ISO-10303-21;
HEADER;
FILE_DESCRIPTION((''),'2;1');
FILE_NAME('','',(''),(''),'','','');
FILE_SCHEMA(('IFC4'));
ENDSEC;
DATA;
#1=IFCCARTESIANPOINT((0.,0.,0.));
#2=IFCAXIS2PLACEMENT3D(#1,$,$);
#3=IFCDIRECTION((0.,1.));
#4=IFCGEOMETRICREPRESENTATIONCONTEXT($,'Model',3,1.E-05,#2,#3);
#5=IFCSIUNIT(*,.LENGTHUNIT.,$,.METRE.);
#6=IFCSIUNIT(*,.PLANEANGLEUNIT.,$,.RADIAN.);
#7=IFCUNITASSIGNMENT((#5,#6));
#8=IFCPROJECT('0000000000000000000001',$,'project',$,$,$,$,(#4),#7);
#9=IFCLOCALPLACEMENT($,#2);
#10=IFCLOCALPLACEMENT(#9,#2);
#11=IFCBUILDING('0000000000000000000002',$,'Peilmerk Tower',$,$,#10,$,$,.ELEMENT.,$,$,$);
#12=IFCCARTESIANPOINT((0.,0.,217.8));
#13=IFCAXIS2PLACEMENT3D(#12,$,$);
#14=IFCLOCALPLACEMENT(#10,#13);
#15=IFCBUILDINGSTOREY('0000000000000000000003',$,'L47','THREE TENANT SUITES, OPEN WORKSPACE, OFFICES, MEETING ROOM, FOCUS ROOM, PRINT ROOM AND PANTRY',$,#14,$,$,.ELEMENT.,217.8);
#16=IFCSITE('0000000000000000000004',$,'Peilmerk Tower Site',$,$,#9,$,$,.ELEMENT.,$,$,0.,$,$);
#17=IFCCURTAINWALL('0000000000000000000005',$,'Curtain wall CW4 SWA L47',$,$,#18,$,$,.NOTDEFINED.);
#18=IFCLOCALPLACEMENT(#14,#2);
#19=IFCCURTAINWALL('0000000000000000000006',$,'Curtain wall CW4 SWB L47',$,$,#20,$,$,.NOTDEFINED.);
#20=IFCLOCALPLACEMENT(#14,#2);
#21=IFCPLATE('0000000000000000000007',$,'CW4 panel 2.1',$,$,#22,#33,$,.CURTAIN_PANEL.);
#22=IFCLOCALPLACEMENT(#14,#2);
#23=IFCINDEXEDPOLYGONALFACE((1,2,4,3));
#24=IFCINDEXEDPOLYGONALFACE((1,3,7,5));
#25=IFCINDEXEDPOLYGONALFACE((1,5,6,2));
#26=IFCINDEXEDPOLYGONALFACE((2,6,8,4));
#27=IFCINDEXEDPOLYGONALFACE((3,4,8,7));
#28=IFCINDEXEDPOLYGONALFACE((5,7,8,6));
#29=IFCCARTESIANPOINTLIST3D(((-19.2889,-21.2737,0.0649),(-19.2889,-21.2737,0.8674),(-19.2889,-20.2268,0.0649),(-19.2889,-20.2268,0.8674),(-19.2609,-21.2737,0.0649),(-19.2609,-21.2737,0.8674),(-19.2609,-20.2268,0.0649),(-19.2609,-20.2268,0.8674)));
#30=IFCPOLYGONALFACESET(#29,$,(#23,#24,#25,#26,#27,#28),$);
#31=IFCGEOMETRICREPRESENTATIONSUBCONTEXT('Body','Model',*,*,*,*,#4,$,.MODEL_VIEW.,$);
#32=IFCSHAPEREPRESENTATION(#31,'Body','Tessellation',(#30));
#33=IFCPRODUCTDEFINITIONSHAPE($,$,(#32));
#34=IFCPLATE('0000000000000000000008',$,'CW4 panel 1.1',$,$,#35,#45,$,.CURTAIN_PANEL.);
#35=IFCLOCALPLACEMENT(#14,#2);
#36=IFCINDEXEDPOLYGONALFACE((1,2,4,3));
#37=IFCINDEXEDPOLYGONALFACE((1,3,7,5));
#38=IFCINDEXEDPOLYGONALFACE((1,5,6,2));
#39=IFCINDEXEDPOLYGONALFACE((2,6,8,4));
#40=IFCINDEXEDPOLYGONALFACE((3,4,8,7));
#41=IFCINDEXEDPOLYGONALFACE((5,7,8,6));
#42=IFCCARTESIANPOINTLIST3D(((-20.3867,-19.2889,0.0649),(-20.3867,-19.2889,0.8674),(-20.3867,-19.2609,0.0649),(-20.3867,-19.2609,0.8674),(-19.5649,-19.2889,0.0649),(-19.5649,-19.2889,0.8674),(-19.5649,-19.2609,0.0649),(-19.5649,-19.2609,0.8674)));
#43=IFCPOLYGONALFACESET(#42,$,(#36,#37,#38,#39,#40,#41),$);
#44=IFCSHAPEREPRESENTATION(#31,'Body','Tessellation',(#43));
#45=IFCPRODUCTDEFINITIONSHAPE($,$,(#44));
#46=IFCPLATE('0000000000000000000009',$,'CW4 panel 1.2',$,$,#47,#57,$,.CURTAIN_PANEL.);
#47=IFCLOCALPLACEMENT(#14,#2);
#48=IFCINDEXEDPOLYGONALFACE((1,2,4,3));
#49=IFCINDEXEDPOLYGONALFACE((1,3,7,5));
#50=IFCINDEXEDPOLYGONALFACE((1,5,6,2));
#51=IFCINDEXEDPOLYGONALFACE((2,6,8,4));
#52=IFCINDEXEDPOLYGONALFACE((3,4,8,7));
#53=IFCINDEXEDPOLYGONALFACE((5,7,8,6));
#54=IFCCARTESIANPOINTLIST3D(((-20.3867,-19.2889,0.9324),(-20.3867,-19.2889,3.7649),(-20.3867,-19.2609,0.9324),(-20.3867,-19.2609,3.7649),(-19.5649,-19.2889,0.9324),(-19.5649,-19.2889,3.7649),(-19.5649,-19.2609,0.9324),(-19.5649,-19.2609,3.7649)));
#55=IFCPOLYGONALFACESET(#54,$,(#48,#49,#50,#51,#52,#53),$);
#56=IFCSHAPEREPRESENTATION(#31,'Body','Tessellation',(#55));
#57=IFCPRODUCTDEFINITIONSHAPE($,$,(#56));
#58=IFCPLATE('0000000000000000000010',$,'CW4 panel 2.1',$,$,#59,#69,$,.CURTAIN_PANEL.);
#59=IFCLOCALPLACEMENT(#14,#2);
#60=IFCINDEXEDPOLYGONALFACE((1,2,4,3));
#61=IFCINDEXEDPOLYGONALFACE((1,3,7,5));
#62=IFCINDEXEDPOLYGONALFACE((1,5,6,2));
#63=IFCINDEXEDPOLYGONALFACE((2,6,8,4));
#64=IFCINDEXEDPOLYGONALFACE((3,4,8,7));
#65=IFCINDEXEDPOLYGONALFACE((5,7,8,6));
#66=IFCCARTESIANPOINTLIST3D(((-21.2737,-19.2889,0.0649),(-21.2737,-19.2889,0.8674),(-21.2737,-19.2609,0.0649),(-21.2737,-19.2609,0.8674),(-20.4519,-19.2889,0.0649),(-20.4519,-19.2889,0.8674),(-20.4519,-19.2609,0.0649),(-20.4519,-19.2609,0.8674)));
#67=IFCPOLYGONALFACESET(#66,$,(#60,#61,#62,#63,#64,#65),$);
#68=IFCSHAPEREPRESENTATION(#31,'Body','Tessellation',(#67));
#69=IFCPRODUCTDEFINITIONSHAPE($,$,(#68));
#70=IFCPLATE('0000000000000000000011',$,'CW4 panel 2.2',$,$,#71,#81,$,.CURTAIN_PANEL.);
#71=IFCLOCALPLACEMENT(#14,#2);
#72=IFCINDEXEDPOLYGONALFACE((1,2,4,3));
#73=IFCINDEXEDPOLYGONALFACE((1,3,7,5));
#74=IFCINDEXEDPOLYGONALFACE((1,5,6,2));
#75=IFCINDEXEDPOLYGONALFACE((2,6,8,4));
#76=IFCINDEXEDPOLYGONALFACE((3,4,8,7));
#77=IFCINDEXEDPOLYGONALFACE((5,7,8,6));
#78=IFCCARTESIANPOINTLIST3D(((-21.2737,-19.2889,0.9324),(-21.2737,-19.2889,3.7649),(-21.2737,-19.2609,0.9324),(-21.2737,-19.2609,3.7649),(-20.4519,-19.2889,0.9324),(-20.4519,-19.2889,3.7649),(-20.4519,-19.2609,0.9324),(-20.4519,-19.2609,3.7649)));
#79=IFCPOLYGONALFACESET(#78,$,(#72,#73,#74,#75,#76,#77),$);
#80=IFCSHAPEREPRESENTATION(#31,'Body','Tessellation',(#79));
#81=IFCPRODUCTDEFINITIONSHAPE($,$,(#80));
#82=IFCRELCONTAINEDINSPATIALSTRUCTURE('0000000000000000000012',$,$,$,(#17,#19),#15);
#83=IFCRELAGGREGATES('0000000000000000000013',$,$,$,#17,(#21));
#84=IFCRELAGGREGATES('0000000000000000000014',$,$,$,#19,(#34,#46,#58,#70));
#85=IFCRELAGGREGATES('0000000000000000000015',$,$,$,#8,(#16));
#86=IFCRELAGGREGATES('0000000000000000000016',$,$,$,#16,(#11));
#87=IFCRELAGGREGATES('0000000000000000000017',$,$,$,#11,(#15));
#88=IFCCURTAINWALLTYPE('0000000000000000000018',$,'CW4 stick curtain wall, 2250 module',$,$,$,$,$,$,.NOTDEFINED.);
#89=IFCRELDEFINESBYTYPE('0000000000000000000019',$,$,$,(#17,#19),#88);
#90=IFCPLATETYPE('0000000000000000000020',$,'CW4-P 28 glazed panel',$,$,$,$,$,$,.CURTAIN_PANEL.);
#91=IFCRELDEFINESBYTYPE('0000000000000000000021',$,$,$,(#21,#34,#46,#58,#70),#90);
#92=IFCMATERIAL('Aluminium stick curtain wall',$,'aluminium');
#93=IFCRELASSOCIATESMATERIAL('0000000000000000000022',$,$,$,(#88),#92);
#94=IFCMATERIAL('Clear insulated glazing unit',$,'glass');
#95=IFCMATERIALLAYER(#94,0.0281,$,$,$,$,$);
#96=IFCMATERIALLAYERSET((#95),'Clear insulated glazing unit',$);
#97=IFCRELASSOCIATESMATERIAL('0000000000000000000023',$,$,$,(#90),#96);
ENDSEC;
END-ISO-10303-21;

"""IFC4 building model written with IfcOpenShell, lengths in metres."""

from ifc_helpers import new_model, si_unit, direction, frame, origin, origin_2d, place, context, subcontext, project, spatial, rectangle, extrude, material, layer, layer_set, type_object, element, aggregate, save


model = new_model("IFC4")

# Units and contexts
model_context = context("Model", 3, precision=1e-05, world=origin(), true_north=direction((0.0, 1.0)))
body_context = subcontext(model_context, "Body", "Model", "MODEL_VIEW")
ifc_project = project(units=[si_unit("LENGTHUNIT", "METRE"), si_unit("PLANEANGLEUNIT", "RADIAN")], contexts=[model_context])

# Site, building, storey
site_placement = place(None, origin())
site = spatial("IfcSite", under=ifc_project, at=site_placement, Name="Peilmerk Tower Site", CompositionType="ELEMENT", RefElevation=0.0)
building_placement = place(site_placement, origin())
building = spatial("IfcBuilding", under=site, at=building_placement, Name="Peilmerk Tower", CompositionType="ELEMENT")
storey_placement = place(building_placement, frame((0.0, 0.0, 217.8)))
storey = spatial("IfcBuildingStorey", under=building, at=storey_placement, Name="L47", Description="THREE TENANT SUITES, OPEN WORKSPACE, OFFICES, MEETING ROOM, FOCUS ROOM, PRINT ROOM AND PANTRY", CompositionType="ELEMENT", Elevation=217.8)

# Curtain wall
ifc_material_1 = material(Name="Aluminium stick curtain wall", Category="aluminium")
curtain_wall_type = type_object("IfcCurtainWallType", Name="CW4 stick curtain wall, 2250 module", PredefinedType="NOTDEFINED", material=ifc_material_1)
curtain_wall_1_placement = place(storey_placement, origin())
curtain_wall_1 = element("IfcCurtainWall", 1, at=curtain_wall_1_placement, inside=storey, type_object=curtain_wall_type, Name="Curtain wall CW4 SWA L47", PredefinedType="NOTDEFINED")

# Curtain wall
curtain_wall_2_placement = place(storey_placement, origin())
curtain_wall_2 = element("IfcCurtainWall", 2, at=curtain_wall_2_placement, inside=storey, type_object=curtain_wall_type, Name="Curtain wall CW4 SWB L47", PredefinedType="NOTDEFINED")

# Plates
ifc_material_2 = material(Name="Clear insulated glazing unit", Category="glass")
ifc_layer_1 = layer(ifc_material_2, 0.0281)
ifc_layer_set_1 = layer_set([ifc_layer_1], Name="Clear insulated glazing unit")
plate_type = type_object("IfcPlateType", Name="CW4-P 28 glazed panel", PredefinedType="CURTAIN_PANEL", material=ifc_layer_set_1)
plate_1_placement = place(storey_placement, frame((-19.2749, -20.7502, 0.0649), z_axis=(0.0, 0.0, 1.0), x_axis=(0.0, -1.0, 0.0)))
plate_1 = element("IfcPlate", 3, at=plate_1_placement, type_object=plate_type, Name="CW4 panel 2.1", PredefinedType="CURTAIN_PANEL", context=body_context, shape_type="SweptSolid", body=[
    extrude(rectangle(XDim=1.0469, YDim=0.0281, at=origin_2d()), origin(), (0.0, 0.0, 1.0), 0.8025),
])
aggregate(curtain_wall_1, [plate_1])
plate_2_placement = place(storey_placement, frame((-19.9758, -19.2749, 0.0649), z_axis=(0.0, 0.0, 1.0), x_axis=(-1.0, 0.0, 0.0)))
plate_2 = element("IfcPlate", 4, at=plate_2_placement, type_object=plate_type, Name="CW4 panel 1.1", PredefinedType="CURTAIN_PANEL", context=body_context, shape_type="SweptSolid", body=[
    extrude(rectangle(XDim=0.8218, YDim=0.0281, at=origin_2d()), origin(), (0.0, 0.0, 1.0), 0.8025),
])
plate_3_placement = place(storey_placement, frame((-19.9758, -19.2749, 0.9324), z_axis=(0.0, 0.0, 1.0), x_axis=(-1.0, 0.0, 0.0)))
plate_3 = element("IfcPlate", 5, at=plate_3_placement, type_object=plate_type, Name="CW4 panel 1.2", PredefinedType="CURTAIN_PANEL", context=body_context, shape_type="SweptSolid", body=[
    extrude(rectangle(XDim=0.8218, YDim=0.0281, at=origin_2d()), origin(), (0.0, 0.0, 1.0), 2.8325),
])
plate_4_placement = place(storey_placement, frame((-20.8628, -19.2749, 0.0649), z_axis=(0.0, 0.0, 1.0), x_axis=(-1.0, 0.0, 0.0)))
plate_4 = element("IfcPlate", 6, at=plate_4_placement, type_object=plate_type, Name="CW4 panel 2.1", PredefinedType="CURTAIN_PANEL", context=body_context, shape_type="SweptSolid", body=[
    extrude(rectangle(XDim=0.8218, YDim=0.0281, at=origin_2d()), origin(), (0.0, 0.0, 1.0), 0.8025),
])
plate_5_placement = place(storey_placement, frame((-20.8628, -19.2749, 0.9324), z_axis=(0.0, 0.0, 1.0), x_axis=(-1.0, 0.0, 0.0)))
plate_5 = element("IfcPlate", 7, at=plate_5_placement, type_object=plate_type, Name="CW4 panel 2.2", PredefinedType="CURTAIN_PANEL", context=body_context, shape_type="SweptSolid", body=[
    extrude(rectangle(XDim=0.8218, YDim=0.0281, at=origin_2d()), origin(), (0.0, 0.0, 1.0), 2.8325),
])
aggregate(curtain_wall_2, [plate_2, plate_3, plate_4, plate_5])

save(model, "model.ifc")
